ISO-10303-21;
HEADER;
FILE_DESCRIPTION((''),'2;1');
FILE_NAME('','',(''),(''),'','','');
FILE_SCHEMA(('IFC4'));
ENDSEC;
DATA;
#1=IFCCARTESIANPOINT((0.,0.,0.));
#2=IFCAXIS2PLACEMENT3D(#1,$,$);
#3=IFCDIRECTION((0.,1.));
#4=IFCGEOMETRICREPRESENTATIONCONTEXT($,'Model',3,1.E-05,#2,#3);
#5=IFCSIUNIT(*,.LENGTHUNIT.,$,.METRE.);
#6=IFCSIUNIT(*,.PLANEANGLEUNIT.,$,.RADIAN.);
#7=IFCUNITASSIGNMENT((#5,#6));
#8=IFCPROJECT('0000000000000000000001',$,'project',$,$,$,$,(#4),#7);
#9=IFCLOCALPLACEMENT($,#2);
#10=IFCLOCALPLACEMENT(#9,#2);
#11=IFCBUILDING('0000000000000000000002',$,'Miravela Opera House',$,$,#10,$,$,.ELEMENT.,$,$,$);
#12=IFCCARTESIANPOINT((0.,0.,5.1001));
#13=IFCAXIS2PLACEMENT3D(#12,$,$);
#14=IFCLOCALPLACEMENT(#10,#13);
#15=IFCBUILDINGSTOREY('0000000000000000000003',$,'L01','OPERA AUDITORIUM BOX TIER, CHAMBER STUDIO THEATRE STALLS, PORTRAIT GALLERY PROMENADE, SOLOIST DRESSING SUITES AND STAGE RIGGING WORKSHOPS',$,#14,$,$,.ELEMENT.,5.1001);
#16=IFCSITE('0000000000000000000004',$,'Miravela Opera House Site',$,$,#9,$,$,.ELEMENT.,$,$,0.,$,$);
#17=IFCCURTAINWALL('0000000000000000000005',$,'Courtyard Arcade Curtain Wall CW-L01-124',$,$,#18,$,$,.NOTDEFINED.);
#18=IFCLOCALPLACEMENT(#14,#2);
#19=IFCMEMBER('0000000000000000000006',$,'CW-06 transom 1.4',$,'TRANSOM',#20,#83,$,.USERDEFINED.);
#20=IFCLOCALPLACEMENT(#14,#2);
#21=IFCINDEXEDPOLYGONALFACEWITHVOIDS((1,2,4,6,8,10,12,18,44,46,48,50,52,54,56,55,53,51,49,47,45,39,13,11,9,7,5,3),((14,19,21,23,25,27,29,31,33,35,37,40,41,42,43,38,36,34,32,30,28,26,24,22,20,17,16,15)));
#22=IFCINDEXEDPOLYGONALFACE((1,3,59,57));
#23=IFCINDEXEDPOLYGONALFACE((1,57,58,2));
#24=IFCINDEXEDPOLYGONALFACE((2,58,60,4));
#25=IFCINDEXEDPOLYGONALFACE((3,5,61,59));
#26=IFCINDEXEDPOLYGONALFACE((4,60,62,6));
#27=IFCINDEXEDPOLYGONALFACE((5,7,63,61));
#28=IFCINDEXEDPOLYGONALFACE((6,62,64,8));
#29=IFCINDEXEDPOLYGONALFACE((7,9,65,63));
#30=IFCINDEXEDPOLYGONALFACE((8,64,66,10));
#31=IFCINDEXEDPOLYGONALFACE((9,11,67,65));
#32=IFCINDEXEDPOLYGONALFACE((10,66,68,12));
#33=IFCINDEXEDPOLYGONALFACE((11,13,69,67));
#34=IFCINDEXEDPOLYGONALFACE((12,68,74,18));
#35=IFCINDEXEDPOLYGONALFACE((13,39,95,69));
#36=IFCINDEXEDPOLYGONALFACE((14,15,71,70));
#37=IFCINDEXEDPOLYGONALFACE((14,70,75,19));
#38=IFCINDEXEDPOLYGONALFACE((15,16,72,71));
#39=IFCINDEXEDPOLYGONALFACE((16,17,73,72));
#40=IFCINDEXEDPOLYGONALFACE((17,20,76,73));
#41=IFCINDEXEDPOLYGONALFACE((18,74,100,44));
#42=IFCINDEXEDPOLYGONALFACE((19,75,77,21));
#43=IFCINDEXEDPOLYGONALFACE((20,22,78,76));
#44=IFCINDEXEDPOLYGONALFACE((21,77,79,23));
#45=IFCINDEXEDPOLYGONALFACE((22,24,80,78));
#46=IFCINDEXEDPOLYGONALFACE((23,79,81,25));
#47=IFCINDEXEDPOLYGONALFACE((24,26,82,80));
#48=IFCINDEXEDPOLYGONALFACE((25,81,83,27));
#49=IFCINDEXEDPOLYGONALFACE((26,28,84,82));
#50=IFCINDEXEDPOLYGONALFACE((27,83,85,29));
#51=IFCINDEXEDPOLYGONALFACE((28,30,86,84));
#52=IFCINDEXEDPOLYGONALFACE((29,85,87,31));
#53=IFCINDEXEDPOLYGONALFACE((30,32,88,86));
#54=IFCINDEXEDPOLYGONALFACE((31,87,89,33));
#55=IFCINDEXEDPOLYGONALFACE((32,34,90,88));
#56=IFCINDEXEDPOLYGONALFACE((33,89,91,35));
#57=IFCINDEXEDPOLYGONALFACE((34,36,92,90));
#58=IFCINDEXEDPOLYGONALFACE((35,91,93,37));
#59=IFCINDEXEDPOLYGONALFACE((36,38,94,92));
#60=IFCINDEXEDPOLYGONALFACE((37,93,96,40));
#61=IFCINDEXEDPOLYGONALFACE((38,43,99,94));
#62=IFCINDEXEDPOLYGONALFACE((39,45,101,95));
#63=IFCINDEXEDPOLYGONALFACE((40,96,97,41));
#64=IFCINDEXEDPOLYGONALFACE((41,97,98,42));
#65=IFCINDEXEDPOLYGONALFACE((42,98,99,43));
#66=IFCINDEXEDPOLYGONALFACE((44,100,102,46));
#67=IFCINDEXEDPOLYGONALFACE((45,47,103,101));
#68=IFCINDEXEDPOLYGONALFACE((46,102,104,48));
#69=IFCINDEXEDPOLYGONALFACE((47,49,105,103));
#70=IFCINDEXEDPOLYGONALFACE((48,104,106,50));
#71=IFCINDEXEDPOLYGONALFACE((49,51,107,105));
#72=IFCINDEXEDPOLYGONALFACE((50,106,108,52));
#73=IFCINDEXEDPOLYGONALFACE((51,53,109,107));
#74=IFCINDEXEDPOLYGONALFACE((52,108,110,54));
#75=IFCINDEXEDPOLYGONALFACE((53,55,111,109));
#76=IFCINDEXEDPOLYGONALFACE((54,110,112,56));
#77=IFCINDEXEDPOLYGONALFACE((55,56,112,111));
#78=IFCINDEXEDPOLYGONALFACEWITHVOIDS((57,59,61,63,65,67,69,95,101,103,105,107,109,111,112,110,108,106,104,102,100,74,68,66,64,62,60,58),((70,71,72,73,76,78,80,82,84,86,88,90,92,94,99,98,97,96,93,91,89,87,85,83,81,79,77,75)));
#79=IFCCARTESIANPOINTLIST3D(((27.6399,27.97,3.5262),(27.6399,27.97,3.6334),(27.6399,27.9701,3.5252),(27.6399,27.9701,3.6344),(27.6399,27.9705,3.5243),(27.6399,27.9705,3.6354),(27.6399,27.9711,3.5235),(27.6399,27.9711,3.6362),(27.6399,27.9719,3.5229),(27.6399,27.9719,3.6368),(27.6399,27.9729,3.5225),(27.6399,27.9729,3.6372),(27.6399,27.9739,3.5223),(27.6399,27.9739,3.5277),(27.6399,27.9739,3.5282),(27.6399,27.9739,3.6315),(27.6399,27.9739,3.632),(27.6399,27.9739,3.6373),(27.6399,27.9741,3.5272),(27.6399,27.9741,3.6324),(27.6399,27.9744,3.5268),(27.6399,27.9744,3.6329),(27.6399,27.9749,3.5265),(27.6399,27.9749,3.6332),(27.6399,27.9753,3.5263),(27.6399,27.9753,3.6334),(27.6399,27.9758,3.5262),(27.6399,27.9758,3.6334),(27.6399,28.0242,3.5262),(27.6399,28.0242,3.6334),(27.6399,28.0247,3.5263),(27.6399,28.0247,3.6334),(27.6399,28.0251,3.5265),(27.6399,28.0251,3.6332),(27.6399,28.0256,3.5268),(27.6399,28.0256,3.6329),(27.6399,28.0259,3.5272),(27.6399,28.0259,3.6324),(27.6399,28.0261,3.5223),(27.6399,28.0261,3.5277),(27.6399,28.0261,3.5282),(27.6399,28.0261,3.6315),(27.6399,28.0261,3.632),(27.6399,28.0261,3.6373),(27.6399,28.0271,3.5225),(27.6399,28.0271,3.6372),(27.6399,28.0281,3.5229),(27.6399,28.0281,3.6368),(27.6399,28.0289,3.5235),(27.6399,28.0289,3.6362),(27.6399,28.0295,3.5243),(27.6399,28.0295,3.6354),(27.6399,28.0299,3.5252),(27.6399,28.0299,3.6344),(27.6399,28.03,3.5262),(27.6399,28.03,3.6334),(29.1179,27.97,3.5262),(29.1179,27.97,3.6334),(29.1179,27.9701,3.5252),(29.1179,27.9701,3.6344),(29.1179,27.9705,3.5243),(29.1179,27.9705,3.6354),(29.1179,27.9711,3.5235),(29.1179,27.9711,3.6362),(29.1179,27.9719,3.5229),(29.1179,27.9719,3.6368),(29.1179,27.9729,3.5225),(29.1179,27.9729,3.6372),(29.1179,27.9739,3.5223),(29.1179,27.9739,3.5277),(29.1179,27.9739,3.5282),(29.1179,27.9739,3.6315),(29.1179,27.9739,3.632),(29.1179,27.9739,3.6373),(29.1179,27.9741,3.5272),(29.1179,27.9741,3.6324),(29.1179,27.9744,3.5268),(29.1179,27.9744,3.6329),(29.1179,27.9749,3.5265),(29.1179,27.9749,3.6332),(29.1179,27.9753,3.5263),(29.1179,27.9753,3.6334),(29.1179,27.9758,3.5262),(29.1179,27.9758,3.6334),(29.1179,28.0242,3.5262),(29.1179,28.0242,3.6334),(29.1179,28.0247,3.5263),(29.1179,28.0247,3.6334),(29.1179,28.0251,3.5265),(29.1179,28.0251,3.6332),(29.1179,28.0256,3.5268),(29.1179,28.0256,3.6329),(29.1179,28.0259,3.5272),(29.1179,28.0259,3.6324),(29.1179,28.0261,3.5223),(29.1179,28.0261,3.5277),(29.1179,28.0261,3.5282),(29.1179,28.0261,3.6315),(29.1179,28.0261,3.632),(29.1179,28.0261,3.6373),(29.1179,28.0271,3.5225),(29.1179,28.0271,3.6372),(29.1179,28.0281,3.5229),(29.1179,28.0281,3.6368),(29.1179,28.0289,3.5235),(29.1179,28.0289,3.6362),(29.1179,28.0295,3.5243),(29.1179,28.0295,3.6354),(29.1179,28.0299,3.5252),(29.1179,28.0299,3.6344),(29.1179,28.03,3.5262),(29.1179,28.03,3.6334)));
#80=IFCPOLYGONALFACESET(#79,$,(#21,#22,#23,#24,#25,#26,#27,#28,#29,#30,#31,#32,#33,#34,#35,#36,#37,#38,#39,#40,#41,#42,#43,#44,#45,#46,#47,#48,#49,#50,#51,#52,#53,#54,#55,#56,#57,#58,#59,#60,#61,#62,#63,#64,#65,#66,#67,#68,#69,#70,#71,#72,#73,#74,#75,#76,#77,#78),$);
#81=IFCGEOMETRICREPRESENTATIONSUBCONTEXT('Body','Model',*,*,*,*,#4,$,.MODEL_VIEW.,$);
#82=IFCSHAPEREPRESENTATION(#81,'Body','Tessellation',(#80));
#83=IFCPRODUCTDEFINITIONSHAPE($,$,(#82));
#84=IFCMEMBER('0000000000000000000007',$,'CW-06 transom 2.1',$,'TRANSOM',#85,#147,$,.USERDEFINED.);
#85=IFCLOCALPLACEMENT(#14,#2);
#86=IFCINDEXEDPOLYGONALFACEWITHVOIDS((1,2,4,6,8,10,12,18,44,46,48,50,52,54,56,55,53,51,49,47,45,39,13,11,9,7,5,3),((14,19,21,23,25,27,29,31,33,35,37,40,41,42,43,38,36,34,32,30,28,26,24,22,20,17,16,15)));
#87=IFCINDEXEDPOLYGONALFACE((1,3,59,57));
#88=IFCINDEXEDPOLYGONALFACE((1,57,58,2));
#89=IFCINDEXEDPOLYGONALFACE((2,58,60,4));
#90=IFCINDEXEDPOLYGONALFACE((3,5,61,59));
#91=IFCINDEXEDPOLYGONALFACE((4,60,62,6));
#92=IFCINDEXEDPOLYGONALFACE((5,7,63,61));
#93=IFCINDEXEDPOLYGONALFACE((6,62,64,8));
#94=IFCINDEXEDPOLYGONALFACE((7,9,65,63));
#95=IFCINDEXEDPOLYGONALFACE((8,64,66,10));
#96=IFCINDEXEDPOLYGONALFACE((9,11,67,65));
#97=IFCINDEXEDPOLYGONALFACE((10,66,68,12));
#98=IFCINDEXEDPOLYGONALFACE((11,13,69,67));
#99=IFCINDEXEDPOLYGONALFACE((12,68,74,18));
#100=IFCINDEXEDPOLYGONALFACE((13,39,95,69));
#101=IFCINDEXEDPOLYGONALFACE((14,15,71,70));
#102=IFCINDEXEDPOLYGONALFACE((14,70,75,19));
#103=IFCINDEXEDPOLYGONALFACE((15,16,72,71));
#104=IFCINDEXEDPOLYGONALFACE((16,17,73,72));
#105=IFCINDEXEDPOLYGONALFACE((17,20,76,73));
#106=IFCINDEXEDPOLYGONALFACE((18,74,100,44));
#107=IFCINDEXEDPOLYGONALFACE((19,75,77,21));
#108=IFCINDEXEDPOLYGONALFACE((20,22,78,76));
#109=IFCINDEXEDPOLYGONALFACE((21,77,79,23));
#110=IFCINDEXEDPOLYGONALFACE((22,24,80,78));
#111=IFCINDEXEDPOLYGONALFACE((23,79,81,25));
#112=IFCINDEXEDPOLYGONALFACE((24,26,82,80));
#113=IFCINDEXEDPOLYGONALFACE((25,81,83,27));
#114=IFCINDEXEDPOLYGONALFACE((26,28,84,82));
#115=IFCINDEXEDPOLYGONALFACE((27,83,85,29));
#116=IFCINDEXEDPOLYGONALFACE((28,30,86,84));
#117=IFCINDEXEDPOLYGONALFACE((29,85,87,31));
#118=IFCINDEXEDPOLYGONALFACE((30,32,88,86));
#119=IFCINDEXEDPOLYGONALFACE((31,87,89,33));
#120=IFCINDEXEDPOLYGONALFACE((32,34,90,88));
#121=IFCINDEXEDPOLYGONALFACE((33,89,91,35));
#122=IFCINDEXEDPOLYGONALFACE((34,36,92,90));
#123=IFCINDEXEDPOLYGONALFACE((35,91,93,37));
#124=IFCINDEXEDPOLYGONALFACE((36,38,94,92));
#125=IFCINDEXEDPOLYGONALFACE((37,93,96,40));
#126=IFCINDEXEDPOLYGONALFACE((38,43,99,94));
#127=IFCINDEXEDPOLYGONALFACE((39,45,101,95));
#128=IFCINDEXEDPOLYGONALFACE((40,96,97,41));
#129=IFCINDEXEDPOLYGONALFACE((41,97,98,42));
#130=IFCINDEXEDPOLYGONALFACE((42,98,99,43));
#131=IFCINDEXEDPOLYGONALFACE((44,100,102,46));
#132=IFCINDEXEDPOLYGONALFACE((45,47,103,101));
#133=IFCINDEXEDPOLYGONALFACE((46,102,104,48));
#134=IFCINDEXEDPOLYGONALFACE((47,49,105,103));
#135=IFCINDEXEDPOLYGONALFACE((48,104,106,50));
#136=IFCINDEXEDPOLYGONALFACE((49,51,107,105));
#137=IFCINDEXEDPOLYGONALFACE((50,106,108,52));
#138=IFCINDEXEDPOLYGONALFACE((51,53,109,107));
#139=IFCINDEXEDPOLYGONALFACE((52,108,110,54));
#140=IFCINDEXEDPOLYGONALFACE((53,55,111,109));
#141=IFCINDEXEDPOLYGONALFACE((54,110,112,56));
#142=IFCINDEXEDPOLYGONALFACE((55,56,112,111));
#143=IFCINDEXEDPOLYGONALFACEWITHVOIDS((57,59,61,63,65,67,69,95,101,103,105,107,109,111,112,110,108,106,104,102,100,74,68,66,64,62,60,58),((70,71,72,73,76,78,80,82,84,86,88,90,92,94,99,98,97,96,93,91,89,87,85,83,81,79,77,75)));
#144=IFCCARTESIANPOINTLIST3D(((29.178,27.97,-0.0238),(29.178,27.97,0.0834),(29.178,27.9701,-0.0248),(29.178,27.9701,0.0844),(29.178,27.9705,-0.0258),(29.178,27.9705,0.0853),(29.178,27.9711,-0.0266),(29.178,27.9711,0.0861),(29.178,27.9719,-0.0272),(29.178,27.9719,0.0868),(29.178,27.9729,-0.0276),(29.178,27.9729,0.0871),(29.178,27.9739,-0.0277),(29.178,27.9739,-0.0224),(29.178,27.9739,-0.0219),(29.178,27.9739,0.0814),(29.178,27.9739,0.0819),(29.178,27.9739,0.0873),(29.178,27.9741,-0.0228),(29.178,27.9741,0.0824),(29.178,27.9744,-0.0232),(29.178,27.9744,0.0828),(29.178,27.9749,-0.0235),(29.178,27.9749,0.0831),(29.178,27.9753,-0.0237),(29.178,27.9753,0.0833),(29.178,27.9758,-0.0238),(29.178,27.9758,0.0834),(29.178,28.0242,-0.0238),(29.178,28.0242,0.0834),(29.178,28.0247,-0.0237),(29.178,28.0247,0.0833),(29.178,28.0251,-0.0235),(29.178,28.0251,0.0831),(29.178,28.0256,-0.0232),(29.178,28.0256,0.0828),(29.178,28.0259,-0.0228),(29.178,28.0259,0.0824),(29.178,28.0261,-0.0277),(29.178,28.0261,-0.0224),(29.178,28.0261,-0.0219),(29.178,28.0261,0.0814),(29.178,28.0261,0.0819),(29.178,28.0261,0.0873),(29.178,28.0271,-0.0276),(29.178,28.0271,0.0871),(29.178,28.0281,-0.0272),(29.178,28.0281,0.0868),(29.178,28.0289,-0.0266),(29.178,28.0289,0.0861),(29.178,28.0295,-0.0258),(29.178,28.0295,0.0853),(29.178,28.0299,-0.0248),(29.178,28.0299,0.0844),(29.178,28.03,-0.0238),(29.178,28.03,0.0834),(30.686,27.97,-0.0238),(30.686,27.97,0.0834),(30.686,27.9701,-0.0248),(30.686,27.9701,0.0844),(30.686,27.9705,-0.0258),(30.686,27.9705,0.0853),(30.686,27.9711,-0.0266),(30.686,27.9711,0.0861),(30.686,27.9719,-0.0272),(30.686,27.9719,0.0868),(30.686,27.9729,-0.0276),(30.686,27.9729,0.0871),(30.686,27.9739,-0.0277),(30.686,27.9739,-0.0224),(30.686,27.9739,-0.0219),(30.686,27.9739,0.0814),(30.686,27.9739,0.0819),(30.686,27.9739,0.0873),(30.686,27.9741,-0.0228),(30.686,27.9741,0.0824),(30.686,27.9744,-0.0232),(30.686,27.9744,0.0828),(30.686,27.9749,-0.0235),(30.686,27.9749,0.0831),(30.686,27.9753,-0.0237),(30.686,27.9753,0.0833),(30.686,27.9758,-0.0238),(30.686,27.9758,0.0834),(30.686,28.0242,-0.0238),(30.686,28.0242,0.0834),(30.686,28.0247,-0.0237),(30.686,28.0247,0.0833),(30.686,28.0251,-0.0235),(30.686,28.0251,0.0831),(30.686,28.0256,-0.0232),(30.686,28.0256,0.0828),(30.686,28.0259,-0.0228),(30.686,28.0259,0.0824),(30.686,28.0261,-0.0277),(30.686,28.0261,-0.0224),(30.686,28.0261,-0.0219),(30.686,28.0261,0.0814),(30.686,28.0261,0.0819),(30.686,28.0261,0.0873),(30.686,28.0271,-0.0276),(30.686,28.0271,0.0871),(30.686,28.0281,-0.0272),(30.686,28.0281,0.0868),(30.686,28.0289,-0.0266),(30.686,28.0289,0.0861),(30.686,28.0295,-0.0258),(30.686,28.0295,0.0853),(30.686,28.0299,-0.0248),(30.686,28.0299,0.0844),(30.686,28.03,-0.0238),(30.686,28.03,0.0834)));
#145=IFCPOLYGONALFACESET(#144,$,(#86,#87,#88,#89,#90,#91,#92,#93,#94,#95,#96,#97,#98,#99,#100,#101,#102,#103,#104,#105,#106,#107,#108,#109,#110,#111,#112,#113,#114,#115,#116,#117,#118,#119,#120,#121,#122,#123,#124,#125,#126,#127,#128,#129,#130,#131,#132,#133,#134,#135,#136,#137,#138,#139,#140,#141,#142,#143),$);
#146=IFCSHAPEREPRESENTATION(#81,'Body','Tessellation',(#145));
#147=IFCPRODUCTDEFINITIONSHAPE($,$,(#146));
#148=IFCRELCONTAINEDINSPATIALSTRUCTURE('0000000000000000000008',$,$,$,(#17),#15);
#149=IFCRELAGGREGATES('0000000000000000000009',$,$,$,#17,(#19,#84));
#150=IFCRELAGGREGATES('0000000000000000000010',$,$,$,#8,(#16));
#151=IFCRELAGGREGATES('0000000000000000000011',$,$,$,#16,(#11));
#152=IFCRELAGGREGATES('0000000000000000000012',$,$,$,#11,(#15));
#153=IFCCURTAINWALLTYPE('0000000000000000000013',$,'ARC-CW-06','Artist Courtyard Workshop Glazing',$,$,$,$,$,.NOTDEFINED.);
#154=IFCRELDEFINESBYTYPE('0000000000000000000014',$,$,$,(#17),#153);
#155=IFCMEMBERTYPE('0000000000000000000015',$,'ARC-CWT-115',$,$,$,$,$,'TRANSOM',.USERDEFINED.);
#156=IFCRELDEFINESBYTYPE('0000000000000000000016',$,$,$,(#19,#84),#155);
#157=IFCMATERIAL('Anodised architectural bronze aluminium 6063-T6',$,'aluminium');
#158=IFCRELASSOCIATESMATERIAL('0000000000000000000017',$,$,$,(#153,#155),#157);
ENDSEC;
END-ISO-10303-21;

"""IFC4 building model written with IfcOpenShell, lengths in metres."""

from ifc_helpers import new_model, si_unit, direction, frame, origin, origin_2d, place, context, subcontext, project, spatial, hollow_rectangle, extrude, material, material_profile, profile_set, type_object, element, aggregate, save


model = new_model("IFC4")

# Units and contexts
model_context = context("Model", 3, precision=1e-05, world=origin(), true_north=direction((0.0, 1.0)))
body_context = subcontext(model_context, "Body", "Model", "MODEL_VIEW")
ifc_project = project(units=[si_unit("LENGTHUNIT", "METRE"), si_unit("PLANEANGLEUNIT", "RADIAN")], contexts=[model_context])

# Site, building, storey
site_placement = place(None, origin())
site = spatial("IfcSite", under=ifc_project, at=site_placement, Name="Miravela Opera House Site", CompositionType="ELEMENT", RefElevation=0.0)
building_placement = place(site_placement, origin())
building = spatial("IfcBuilding", under=site, at=building_placement, Name="Miravela Opera House", CompositionType="ELEMENT")
storey_placement = place(building_placement, frame((0.0, 0.0, 5.1001)))
storey = spatial("IfcBuildingStorey", under=building, at=storey_placement, Name="L01", Description="OPERA AUDITORIUM BOX TIER, CHAMBER STUDIO THEATRE STALLS, PORTRAIT GALLERY PROMENADE, SOLOIST DRESSING SUITES AND STAGE RIGGING WORKSHOPS", CompositionType="ELEMENT", Elevation=5.1001)

# Curtain wall
ifc_material_1 = material(Name="Anodised architectural bronze aluminium 6063-T6", Category="aluminium")
curtain_wall_type = type_object("IfcCurtainWallType", Name="ARC-CW-06", Description="Artist Courtyard Workshop Glazing", PredefinedType="NOTDEFINED", material=ifc_material_1)
curtain_wall_1_placement = place(storey_placement, origin())
curtain_wall_1 = element("IfcCurtainWall", 1, at=curtain_wall_1_placement, inside=storey, type_object=curtain_wall_type, Name="Courtyard Arcade Curtain Wall CW-L01-124", PredefinedType="NOTDEFINED")

# Members
ifc_material_profile_1 = material_profile(ifc_material_1, hollow_rectangle(XDim=0.0601, YDim=0.115, WallThickness=0.0039, InnerFilletRadius=0.002, OuterFilletRadius=0.0039, at=origin_2d()), Name="CWT-60X115")
ifc_profile_set_1 = profile_set([ifc_material_profile_1])
member_type_1 = type_object("IfcMemberType", Name="ARC-CWT-115", ElementType="TRANSOM", PredefinedType="USERDEFINED", material=ifc_profile_set_1)
member_1_placement = place(storey_placement, frame((27.6399, 28.0, 3.5798), z_axis=(1.0, 0.0, 0.0), x_axis=(0.0, 1.0, 0.0)))
member_1 = element("IfcMember", 2, at=member_1_placement, type_object=member_type_1, Name="CW-06 transom 1.4", ObjectType="TRANSOM", PredefinedType="USERDEFINED", context=body_context, shape_type="SweptSolid", body=[
    extrude(hollow_rectangle(XDim=0.0601, YDim=0.115, WallThickness=0.0039, InnerFilletRadius=0.002, OuterFilletRadius=0.0039, at=origin_2d()), origin(), (0.0, 0.0, 1.0), 1.478),
])
member_2_placement = place(storey_placement, frame((29.178, 28.0, 0.0298), z_axis=(1.0, 0.0, 0.0), x_axis=(0.0, 1.0, 0.0)))
member_2 = element("IfcMember", 3, at=member_2_placement, type_object=member_type_1, Name="CW-06 transom 2.1", ObjectType="TRANSOM", PredefinedType="USERDEFINED", context=body_context, shape_type="SweptSolid", body=[
    extrude(hollow_rectangle(XDim=0.0601, YDim=0.115, WallThickness=0.0039, InnerFilletRadius=0.002, OuterFilletRadius=0.0039, at=origin_2d()), origin(), (0.0, 0.0, 1.0), 1.5081),
])

aggregate(curtain_wall_1, [member_1, member_2])

save(model, "model.ifc")
